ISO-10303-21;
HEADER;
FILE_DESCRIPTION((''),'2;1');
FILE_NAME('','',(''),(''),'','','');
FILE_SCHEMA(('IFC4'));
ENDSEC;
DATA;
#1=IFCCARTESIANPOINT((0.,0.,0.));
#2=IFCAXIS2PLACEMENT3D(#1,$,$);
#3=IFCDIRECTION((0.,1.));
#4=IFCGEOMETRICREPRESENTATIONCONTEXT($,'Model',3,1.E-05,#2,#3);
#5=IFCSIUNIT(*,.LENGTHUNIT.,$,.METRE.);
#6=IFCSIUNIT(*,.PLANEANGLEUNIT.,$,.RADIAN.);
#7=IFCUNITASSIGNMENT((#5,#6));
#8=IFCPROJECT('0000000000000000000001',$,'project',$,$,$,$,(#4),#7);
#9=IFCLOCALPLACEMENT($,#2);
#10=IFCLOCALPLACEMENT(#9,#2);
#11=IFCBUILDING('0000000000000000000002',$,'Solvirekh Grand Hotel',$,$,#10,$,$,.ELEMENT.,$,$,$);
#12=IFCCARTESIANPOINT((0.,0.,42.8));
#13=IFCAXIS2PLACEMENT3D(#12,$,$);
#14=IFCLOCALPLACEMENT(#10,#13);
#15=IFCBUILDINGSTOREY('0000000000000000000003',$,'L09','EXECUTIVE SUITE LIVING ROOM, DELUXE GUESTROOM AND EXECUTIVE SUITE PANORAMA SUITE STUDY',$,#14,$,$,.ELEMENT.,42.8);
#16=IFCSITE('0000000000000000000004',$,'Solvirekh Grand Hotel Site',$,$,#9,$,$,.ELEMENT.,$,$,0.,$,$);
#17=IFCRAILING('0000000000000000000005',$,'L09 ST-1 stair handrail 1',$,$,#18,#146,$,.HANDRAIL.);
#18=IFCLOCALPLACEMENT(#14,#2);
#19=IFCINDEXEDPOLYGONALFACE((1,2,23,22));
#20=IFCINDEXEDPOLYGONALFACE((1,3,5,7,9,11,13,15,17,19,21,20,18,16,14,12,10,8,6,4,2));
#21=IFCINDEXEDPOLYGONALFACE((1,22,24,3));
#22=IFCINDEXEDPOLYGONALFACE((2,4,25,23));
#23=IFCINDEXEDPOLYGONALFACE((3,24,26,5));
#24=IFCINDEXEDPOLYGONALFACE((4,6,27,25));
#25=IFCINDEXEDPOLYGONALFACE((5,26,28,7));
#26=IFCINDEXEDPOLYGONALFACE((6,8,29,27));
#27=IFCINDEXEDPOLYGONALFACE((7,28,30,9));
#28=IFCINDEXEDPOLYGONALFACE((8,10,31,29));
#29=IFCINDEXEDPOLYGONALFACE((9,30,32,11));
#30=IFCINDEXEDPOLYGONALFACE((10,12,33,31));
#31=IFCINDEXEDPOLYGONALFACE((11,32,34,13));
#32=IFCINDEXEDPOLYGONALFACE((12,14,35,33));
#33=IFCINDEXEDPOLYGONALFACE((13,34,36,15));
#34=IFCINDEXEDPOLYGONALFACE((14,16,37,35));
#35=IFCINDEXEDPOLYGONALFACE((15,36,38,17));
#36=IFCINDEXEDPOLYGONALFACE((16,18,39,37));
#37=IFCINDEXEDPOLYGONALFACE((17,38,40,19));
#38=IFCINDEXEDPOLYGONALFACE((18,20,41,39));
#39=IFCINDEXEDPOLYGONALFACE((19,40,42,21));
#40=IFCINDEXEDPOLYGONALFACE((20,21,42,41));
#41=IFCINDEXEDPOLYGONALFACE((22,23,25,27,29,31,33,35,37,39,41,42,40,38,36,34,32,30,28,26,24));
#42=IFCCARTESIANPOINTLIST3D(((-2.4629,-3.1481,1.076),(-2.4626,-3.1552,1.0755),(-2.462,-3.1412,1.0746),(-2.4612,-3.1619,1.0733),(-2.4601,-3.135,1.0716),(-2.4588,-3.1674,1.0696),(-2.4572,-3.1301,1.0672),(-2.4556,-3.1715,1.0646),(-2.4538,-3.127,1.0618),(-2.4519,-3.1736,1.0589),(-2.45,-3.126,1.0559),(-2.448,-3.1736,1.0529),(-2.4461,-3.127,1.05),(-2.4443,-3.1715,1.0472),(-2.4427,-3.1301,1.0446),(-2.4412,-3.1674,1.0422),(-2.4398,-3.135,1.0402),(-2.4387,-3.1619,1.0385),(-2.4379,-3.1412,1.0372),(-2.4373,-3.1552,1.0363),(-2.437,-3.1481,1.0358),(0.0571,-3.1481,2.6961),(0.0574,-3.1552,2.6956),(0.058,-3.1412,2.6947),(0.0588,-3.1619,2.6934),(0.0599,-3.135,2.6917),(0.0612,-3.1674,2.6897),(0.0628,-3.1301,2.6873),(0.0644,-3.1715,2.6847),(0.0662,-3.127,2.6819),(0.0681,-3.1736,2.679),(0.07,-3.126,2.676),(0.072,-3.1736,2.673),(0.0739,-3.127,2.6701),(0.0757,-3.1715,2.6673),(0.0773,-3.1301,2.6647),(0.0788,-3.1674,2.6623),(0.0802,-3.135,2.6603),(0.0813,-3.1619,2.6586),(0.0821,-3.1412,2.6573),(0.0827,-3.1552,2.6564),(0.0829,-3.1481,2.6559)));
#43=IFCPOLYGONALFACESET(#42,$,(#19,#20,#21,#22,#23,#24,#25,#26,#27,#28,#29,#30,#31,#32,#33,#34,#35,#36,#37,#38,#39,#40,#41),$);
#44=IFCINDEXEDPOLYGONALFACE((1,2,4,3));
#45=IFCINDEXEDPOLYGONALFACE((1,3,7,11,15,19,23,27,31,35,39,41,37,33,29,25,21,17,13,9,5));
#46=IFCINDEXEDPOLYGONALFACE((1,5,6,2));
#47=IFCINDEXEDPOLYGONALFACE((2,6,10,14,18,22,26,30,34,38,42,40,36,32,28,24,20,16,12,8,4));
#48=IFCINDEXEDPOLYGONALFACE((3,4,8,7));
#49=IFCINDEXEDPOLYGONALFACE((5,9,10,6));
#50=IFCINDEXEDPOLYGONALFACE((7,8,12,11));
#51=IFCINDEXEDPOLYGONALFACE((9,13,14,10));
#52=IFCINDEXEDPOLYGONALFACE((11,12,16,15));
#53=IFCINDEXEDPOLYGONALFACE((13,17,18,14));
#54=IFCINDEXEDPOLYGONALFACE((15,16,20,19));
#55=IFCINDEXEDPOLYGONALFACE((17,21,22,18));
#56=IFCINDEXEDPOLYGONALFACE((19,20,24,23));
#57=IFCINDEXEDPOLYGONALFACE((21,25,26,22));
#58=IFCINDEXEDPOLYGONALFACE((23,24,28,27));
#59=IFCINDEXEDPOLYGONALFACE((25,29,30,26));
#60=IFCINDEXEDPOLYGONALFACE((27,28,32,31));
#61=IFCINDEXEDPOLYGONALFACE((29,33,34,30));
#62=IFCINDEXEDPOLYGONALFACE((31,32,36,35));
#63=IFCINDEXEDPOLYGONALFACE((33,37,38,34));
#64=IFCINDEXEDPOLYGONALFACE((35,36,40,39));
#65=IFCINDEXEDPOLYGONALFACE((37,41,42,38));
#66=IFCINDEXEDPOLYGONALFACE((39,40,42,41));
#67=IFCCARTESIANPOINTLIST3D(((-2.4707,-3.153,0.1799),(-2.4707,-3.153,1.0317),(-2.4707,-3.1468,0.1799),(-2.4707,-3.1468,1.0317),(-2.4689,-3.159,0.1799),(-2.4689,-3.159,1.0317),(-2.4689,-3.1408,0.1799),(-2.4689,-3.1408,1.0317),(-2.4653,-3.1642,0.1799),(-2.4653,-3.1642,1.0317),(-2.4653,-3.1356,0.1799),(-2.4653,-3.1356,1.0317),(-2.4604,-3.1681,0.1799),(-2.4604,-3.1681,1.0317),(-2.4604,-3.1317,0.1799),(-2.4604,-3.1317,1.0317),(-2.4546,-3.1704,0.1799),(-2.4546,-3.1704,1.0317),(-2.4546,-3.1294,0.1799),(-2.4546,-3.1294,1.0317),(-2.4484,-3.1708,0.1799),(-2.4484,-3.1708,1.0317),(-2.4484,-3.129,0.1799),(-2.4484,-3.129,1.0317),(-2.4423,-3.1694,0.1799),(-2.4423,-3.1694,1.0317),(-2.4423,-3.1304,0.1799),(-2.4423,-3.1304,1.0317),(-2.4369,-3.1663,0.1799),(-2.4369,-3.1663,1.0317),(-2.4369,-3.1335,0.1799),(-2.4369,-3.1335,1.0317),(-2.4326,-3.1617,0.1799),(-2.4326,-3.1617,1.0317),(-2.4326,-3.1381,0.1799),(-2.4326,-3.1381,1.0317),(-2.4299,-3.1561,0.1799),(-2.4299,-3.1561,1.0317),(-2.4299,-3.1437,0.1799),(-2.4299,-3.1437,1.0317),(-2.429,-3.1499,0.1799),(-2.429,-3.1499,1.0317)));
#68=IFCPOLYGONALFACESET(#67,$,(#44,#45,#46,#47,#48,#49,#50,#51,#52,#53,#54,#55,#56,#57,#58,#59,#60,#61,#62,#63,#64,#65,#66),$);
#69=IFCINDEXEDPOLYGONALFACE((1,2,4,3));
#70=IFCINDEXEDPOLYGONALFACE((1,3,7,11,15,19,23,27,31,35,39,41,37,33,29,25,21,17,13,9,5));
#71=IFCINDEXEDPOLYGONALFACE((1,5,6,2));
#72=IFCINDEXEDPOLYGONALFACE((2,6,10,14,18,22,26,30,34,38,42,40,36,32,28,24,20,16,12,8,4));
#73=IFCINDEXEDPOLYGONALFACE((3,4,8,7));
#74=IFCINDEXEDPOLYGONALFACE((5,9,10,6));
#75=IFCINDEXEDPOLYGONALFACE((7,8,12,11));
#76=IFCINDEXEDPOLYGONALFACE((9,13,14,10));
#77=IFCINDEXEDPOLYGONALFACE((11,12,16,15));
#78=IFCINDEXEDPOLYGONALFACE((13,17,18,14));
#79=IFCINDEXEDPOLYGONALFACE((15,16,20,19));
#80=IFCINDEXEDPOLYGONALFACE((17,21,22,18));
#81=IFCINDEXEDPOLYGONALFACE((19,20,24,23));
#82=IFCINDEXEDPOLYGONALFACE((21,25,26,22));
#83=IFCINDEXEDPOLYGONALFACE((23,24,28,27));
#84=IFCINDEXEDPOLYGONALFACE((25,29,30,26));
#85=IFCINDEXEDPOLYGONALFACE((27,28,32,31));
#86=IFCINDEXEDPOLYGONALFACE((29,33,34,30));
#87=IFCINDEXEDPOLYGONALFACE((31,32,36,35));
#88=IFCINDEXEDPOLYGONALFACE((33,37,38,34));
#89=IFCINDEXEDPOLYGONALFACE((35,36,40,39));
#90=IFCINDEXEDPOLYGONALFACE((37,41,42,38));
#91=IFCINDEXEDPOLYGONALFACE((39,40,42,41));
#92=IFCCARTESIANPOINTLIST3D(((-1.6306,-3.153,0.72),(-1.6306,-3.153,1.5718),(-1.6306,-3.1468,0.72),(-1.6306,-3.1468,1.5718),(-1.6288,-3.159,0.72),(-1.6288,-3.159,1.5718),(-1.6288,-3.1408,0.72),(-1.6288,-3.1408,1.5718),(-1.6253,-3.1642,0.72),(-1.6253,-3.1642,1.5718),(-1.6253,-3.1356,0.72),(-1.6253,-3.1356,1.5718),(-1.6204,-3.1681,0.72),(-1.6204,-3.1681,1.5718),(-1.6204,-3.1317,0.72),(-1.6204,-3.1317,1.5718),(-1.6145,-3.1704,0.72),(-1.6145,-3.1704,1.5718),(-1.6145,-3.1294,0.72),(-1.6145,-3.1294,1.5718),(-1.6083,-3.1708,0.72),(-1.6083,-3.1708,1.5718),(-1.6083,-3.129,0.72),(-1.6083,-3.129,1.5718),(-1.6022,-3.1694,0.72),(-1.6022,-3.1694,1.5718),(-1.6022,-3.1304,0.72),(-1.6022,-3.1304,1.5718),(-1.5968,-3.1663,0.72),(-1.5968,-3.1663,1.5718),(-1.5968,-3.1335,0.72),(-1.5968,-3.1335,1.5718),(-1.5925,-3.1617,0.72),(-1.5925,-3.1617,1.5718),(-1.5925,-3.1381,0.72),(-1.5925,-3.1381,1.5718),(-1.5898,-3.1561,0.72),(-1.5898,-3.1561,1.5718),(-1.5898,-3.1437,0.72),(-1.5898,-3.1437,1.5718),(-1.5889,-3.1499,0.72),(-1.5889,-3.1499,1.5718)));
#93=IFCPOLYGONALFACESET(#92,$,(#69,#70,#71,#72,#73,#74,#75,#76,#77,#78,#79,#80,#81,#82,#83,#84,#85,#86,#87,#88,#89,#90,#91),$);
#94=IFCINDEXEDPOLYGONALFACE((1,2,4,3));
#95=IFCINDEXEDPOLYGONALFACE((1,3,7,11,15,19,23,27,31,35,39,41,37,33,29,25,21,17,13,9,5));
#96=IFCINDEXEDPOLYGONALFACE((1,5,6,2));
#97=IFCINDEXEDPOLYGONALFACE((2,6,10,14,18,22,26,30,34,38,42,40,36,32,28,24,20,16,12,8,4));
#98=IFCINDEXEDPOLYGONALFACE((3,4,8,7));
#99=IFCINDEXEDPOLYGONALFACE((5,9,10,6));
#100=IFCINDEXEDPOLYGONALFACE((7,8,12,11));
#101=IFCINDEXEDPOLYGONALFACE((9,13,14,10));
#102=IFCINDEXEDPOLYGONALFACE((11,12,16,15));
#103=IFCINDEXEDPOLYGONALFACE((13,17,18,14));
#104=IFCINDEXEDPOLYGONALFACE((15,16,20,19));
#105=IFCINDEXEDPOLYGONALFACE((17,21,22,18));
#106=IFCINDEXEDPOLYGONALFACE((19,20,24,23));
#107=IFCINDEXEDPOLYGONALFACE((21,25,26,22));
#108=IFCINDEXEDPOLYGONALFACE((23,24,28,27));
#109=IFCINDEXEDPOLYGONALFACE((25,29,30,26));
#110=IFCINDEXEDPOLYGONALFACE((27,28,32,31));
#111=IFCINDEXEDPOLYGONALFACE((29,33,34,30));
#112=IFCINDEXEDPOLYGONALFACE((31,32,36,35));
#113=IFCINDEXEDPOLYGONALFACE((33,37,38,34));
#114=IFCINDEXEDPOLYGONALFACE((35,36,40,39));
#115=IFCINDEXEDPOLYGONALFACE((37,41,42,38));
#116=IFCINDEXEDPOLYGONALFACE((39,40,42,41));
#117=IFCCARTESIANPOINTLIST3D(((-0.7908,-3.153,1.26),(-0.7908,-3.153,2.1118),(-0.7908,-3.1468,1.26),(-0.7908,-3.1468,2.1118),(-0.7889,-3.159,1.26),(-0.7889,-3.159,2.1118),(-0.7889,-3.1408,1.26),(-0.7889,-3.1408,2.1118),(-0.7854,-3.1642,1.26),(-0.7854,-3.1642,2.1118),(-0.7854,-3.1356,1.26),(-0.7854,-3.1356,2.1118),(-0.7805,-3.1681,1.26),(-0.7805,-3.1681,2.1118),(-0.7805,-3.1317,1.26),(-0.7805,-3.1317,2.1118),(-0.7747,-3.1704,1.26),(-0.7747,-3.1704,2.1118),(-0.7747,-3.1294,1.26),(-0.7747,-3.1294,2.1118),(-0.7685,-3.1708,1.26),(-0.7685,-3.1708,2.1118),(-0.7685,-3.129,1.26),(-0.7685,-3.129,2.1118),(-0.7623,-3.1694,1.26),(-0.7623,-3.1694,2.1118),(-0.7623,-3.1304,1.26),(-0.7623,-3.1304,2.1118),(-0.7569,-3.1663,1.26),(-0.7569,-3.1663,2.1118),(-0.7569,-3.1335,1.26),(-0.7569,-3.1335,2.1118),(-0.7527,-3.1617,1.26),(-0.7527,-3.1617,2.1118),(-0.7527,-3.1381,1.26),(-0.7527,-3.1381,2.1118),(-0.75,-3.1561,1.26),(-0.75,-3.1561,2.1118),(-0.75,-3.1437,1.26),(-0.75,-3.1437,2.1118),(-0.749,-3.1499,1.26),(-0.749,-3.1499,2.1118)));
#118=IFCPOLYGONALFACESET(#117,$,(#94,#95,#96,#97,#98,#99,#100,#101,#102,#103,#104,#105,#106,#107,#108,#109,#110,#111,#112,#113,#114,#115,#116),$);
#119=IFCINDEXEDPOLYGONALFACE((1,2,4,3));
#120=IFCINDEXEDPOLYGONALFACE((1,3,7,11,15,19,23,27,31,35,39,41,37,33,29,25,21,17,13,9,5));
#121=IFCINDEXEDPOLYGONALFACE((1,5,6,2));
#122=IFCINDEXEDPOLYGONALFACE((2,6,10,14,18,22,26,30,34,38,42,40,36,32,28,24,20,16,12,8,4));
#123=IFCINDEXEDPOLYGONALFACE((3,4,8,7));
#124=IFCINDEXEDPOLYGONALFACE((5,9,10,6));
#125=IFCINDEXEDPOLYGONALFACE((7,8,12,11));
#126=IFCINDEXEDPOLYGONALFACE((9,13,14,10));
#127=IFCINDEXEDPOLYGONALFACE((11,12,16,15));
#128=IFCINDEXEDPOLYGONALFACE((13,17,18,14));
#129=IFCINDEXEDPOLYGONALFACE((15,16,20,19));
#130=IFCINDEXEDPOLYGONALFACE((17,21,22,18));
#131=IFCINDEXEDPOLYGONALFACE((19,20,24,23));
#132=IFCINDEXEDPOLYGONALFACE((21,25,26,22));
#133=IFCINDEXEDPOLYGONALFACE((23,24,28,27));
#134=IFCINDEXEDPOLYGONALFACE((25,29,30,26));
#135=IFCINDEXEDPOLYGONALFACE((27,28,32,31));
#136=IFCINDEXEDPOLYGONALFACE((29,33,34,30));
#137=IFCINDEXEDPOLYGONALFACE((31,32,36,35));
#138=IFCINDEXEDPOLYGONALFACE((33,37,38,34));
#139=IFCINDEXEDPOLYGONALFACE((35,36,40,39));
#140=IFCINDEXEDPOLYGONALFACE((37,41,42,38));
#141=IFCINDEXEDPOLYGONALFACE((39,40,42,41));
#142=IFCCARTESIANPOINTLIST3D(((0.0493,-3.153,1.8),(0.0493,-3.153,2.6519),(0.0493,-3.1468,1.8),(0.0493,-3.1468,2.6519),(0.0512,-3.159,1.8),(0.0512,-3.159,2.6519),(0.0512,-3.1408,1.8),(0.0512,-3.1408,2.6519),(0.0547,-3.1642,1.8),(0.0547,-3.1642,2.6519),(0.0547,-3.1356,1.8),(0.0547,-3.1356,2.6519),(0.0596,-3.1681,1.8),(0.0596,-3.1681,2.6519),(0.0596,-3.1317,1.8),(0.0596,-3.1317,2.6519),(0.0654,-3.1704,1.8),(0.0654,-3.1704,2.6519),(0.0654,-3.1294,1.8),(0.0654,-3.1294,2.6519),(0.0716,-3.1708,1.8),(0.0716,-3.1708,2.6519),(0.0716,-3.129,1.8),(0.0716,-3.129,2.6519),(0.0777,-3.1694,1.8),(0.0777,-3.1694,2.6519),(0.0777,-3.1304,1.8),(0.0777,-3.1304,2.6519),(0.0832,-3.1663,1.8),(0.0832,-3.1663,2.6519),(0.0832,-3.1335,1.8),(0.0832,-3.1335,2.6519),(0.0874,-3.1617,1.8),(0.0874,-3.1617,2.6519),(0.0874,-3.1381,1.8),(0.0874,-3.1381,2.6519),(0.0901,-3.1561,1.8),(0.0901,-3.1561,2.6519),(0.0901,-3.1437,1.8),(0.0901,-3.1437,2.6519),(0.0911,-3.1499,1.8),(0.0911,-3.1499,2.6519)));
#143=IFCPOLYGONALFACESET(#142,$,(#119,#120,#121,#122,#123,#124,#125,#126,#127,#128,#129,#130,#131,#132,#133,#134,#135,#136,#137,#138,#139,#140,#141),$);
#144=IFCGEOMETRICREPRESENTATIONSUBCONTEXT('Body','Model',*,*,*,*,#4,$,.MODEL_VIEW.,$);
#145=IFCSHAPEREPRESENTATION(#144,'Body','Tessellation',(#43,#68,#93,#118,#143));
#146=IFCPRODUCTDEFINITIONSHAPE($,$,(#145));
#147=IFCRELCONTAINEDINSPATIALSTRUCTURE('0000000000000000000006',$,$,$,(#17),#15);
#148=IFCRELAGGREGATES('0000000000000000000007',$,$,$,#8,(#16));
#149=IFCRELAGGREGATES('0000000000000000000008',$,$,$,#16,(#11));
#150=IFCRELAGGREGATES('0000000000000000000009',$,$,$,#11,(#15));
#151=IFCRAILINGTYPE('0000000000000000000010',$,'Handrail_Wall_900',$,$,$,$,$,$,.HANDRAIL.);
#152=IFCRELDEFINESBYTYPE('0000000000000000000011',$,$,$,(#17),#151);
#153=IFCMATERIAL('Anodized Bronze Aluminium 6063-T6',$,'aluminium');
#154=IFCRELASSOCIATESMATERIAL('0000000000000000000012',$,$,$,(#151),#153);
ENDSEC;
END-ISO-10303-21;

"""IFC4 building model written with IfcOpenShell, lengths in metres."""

from ifc_helpers import new_model, si_unit, direction, frame, origin, origin_2d, place, context, subcontext, project, spatial, circle, extrude, material, type_object, element, save


model = new_model("IFC4")

# Units and contexts
model_context = context("Model", 3, precision=1e-05, world=origin(), true_north=direction((0.0, 1.0)))
body_context = subcontext(model_context, "Body", "Model", "MODEL_VIEW")
ifc_project = project(units=[si_unit("LENGTHUNIT", "METRE"), si_unit("PLANEANGLEUNIT", "RADIAN")], contexts=[model_context])

# Site, building, storey
site_placement = place(None, origin())
site = spatial("IfcSite", under=ifc_project, at=site_placement, Name="Solvirekh Grand Hotel Site", CompositionType="ELEMENT", RefElevation=0.0)
building_placement = place(site_placement, origin())
building = spatial("IfcBuilding", under=site, at=building_placement, Name="Solvirekh Grand Hotel", CompositionType="ELEMENT")
storey_placement = place(building_placement, frame((0.0, 0.0, 42.8)))
storey = spatial("IfcBuildingStorey", under=building, at=storey_placement, Name="L09", Description="EXECUTIVE SUITE LIVING ROOM, DELUXE GUESTROOM AND EXECUTIVE SUITE PANORAMA SUITE STUDY", CompositionType="ELEMENT", Elevation=42.8)

# Shared definitions
ifc_material_1 = material(Name="Anodized Bronze Aluminium 6063-T6", Category="aluminium")

# Railing
railing_type_1 = type_object("IfcRailingType", Name="Handrail_Wall_900", PredefinedType="HANDRAIL", material=ifc_material_1)
railing_1_placement = place(storey_placement, frame((-2.45, -3.1499, 0.1799)))
element("IfcRailing", 1, at=railing_1_placement, inside=storey, type_object=railing_type_1, Name="L09 ST-1 stair handrail 1", PredefinedType="HANDRAIL", context=body_context, shape_type="SweptSolid", body=[
    extrude(circle(Radius=0.0239, at=origin_2d()), frame((0.0, 0.0, 0.876), z_axis=(0.841163, 0.0, 0.540782), x_axis=(0.0, 1.0, 0.0)), (0.0, 0.0, 1.0), 2.9958),
    extrude(circle(Radius=0.021, at=origin_2d()), origin(), (0.0, 0.0, 1.0), 0.8518),
    extrude(circle(Radius=0.021, at=origin_2d()), frame((0.8401, 0.0, 0.54)), (0.0, 0.0, 1.0), 0.8518),
    extrude(circle(Radius=0.021, at=origin_2d()), frame((1.6799, 0.0, 1.0801)), (0.0, 0.0, 1.0), 0.8518),
    extrude(circle(Radius=0.021, at=origin_2d()), frame((2.52, 0.0, 1.6201)), (0.0, 0.0, 1.0), 0.8518),
])

save(model, "model.ifc")
